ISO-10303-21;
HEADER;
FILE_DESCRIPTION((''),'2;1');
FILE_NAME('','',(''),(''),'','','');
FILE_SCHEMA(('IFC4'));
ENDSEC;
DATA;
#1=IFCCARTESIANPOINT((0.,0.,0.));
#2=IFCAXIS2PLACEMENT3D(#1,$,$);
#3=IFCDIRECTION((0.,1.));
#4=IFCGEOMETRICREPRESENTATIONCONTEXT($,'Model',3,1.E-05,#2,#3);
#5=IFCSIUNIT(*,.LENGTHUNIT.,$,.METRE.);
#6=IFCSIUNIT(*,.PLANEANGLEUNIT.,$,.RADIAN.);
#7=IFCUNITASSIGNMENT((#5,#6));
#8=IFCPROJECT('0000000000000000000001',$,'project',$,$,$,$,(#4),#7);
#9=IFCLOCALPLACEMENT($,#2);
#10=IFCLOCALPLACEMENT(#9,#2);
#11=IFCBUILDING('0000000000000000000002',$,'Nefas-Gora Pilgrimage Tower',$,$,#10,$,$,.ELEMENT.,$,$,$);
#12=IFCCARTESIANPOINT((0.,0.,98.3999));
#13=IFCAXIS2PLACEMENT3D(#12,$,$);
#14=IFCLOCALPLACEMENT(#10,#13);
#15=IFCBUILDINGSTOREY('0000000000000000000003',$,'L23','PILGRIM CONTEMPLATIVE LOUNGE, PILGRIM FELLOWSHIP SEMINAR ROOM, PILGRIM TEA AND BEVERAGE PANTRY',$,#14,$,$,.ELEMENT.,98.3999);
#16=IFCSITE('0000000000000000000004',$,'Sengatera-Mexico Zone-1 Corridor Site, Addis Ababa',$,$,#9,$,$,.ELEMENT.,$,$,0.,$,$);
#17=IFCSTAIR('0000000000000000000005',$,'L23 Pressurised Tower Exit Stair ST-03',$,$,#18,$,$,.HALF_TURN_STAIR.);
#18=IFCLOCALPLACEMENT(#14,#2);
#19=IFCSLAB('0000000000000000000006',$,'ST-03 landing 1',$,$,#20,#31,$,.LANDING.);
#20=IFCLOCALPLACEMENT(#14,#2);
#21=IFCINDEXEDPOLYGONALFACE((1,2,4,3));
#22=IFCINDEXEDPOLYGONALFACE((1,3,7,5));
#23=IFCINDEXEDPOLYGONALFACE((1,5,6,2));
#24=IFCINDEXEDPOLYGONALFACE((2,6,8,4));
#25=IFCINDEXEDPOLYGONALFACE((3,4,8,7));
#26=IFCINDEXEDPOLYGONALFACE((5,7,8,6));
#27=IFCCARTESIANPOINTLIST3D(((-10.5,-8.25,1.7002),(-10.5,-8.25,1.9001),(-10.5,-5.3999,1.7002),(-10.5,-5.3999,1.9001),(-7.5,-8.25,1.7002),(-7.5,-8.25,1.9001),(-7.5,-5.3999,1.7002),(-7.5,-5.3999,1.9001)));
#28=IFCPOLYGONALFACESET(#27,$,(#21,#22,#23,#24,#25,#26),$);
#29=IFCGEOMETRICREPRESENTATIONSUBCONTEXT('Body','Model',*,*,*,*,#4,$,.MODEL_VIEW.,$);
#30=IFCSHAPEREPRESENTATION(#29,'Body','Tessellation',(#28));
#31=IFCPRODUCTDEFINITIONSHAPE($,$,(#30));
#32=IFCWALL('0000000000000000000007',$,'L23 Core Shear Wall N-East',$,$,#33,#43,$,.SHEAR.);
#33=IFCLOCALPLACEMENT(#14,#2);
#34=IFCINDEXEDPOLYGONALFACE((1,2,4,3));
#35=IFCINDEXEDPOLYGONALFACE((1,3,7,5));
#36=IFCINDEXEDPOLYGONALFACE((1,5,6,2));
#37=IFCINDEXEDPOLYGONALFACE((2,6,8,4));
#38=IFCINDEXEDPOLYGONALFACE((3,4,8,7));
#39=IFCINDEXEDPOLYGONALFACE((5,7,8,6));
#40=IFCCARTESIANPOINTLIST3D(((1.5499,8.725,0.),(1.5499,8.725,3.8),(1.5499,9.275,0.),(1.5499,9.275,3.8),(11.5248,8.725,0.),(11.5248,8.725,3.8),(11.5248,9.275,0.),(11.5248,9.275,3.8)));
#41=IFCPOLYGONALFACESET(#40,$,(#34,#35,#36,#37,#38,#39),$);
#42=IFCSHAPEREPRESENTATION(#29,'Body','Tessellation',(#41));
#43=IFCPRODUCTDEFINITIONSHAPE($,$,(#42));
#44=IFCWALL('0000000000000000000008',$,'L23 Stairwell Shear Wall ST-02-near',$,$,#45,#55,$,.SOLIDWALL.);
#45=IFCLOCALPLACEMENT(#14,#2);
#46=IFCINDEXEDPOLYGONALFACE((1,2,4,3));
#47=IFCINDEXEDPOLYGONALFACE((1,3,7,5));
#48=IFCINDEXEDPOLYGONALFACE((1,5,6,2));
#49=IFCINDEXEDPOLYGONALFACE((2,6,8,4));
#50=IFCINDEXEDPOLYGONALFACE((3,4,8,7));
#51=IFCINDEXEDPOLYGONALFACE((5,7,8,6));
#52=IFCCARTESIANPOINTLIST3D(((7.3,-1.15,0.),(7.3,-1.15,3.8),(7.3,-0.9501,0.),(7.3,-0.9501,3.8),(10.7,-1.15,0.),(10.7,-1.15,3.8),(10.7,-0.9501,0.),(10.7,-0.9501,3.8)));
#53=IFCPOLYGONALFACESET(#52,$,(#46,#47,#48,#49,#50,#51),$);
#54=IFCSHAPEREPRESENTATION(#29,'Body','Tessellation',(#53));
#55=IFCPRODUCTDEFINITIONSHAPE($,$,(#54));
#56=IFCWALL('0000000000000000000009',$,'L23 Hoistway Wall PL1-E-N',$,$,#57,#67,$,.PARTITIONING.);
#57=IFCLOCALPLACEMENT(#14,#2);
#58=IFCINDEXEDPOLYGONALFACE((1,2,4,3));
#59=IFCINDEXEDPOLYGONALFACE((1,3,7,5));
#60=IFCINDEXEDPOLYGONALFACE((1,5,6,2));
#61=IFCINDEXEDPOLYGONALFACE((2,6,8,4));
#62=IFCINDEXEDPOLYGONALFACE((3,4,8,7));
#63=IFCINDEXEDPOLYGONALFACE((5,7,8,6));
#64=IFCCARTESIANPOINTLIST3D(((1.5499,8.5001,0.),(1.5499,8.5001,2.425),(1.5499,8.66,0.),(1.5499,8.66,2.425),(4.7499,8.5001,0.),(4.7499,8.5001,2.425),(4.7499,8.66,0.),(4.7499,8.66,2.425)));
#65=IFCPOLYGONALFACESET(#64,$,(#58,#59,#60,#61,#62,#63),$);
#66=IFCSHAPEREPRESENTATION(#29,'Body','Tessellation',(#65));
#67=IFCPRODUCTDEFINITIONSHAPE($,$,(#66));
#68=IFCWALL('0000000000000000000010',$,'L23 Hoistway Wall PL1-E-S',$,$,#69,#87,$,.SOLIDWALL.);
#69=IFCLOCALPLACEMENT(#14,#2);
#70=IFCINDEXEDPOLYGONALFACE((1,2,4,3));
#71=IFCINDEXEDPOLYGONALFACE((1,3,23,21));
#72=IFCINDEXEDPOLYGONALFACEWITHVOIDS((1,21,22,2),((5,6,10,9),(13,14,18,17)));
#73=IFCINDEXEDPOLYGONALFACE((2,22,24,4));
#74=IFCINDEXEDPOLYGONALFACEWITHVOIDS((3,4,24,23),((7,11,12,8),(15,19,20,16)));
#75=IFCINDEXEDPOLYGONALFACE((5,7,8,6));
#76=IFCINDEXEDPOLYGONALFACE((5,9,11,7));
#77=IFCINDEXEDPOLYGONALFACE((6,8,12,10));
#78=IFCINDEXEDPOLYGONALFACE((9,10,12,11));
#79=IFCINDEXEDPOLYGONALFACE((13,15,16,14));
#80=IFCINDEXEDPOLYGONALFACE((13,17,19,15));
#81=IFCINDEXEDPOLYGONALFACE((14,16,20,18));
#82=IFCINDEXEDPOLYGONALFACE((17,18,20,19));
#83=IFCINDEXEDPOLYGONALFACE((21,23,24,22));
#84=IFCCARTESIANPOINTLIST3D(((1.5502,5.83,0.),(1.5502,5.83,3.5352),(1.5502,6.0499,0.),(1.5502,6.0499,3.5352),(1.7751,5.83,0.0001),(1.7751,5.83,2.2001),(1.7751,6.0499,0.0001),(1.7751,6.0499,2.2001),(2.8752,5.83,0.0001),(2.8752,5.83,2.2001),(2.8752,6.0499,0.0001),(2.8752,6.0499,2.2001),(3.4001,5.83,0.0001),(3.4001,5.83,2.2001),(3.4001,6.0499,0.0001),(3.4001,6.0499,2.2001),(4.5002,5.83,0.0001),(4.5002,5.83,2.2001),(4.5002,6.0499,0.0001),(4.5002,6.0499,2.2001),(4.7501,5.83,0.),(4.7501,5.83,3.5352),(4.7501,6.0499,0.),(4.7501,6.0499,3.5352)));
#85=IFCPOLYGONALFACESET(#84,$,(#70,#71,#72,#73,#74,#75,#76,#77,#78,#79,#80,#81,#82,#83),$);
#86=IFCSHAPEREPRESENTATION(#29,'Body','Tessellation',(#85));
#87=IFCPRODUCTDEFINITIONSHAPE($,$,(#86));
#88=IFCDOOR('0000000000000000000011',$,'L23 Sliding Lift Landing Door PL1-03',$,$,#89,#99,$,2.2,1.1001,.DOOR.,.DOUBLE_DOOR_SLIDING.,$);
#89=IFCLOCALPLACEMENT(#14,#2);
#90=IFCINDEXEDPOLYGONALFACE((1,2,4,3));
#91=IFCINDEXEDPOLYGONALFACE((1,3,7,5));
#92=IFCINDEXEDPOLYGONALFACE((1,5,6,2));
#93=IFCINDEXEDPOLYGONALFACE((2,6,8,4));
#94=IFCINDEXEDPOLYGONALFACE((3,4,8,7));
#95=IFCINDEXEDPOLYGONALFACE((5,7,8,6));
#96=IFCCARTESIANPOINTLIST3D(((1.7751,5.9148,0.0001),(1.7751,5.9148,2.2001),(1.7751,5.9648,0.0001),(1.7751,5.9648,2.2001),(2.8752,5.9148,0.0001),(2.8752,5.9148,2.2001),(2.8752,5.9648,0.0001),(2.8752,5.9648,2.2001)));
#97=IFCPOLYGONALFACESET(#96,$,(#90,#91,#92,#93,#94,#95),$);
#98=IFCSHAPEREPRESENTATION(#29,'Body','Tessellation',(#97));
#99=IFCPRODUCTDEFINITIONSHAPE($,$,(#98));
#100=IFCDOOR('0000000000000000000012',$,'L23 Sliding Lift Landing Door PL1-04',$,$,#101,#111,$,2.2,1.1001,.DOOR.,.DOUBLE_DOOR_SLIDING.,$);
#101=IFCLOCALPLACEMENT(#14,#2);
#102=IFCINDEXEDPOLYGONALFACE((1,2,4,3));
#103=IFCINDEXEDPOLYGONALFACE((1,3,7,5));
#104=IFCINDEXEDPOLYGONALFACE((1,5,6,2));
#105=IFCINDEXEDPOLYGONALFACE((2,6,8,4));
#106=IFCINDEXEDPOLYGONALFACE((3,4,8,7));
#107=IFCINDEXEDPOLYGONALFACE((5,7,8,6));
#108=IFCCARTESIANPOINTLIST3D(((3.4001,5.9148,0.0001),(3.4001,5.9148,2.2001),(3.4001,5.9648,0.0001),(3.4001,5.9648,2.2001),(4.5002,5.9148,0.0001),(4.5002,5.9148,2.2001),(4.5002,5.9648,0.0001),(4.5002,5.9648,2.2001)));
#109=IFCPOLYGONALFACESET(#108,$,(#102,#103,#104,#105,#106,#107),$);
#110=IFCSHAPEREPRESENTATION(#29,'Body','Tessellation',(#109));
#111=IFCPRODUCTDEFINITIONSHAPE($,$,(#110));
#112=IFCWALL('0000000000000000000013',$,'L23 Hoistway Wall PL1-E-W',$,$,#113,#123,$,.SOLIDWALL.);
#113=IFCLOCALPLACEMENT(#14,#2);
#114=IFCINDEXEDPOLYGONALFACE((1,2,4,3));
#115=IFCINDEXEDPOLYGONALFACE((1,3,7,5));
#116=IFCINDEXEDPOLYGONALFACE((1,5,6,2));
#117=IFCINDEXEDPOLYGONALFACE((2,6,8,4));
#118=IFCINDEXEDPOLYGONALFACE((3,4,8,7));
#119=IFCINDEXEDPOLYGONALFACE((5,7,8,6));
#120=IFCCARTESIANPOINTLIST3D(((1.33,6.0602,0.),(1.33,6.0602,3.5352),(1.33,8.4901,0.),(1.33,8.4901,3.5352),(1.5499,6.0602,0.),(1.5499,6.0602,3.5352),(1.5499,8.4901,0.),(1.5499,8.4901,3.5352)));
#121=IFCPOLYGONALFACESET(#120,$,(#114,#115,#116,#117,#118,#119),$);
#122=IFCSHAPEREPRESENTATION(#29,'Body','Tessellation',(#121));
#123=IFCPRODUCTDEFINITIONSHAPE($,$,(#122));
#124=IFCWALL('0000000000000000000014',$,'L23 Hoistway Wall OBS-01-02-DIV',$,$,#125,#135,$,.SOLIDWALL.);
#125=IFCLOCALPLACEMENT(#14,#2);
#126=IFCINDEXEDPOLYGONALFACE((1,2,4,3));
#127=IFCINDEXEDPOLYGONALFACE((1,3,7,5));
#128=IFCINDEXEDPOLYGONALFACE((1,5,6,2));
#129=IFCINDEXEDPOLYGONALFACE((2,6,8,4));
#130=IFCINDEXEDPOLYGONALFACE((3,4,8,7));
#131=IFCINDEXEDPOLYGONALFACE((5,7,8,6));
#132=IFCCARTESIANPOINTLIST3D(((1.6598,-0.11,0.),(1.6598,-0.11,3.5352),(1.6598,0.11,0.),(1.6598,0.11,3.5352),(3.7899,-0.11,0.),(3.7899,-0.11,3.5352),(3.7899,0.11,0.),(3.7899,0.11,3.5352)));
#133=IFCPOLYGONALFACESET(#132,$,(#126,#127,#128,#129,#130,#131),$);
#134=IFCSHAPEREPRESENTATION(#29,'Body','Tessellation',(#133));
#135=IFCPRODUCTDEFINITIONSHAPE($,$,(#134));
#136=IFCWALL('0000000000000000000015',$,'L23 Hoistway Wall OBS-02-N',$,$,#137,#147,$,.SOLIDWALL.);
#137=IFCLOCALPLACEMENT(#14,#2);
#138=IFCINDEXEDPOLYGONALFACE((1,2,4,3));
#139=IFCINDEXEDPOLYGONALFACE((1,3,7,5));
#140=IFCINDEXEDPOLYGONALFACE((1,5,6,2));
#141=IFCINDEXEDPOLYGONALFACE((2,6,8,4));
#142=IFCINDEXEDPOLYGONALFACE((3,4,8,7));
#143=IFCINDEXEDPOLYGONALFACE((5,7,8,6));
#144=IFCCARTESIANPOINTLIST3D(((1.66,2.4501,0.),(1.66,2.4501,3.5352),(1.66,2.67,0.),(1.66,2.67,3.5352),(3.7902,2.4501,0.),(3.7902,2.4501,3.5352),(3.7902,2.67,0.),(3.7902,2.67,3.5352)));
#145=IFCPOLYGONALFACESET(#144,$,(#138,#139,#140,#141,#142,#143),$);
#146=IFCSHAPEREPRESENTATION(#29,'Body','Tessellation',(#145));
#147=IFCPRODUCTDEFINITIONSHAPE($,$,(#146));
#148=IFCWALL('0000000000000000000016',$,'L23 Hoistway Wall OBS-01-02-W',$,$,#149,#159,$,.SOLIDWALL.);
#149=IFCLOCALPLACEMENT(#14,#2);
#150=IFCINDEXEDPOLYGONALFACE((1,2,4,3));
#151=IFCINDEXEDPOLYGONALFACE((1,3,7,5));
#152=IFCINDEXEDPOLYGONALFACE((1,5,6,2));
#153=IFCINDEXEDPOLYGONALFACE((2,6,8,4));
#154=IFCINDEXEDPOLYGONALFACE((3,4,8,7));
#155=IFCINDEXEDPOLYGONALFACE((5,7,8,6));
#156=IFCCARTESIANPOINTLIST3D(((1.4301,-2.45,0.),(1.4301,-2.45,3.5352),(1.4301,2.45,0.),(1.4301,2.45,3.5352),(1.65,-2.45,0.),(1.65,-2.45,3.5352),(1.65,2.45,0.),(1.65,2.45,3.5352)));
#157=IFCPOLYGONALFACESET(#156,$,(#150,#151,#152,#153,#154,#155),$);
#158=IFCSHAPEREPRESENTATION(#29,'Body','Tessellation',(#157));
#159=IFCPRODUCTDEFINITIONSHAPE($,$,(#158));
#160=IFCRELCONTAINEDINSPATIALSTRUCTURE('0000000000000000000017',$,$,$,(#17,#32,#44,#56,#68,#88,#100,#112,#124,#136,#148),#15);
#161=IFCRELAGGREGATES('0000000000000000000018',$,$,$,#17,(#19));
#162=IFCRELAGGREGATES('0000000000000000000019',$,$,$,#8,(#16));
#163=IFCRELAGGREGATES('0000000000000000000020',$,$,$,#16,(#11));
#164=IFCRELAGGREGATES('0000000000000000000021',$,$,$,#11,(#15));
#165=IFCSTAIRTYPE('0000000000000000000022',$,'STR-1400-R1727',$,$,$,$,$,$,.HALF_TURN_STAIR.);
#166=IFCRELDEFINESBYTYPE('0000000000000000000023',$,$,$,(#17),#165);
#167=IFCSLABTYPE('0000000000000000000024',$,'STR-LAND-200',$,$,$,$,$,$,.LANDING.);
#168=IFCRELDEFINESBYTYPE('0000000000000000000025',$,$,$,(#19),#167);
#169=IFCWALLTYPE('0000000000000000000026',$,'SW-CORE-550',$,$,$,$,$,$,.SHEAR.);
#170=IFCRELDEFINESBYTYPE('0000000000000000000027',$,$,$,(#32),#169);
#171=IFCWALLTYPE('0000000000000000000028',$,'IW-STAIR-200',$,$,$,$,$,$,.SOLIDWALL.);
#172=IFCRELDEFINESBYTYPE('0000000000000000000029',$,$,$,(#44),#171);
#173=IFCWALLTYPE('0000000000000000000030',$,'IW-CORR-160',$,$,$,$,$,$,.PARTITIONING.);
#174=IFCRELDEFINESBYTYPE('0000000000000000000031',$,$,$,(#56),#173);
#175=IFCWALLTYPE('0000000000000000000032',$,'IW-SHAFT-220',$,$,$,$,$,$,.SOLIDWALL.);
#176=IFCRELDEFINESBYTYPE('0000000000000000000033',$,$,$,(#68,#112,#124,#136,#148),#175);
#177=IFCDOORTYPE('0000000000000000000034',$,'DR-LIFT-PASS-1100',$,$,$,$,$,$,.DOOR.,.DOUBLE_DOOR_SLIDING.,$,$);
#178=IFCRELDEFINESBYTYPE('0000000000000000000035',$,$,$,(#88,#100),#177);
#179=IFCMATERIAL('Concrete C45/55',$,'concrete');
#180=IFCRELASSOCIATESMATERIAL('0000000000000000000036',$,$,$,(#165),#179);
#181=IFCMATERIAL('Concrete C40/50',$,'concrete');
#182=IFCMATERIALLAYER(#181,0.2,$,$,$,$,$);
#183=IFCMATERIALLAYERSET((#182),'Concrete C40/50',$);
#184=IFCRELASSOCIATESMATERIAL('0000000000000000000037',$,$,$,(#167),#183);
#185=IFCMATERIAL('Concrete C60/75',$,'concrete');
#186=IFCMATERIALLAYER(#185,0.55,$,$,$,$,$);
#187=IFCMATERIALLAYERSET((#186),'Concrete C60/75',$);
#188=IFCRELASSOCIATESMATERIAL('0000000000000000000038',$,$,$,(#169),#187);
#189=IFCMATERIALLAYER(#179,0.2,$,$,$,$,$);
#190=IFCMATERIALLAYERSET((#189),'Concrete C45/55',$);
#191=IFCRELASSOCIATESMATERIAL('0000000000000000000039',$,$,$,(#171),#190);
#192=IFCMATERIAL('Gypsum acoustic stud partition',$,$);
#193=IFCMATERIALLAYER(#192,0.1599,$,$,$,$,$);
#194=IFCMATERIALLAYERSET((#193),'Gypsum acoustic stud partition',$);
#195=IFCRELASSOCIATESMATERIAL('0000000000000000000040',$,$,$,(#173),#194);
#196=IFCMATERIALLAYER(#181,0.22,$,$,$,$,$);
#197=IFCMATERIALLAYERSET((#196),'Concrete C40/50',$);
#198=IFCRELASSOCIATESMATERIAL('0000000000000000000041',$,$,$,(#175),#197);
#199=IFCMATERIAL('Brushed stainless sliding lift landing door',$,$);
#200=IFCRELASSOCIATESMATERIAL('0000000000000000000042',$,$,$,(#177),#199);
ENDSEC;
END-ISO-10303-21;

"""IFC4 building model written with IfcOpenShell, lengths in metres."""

from ifc_helpers import new_model, si_unit, direction, frame, frame_2d, origin, place, context, subcontext, project, spatial, polyline, rectangle, outline, extrude, source, transform, mapped, material, layer, layer_set, type_object, element, fill, aggregate, save


model = new_model("IFC4")

# Units and contexts
model_context = context("Model", 3, precision=1e-05, world=origin(), true_north=direction((0.0, 1.0)))
body_context = subcontext(model_context, "Body", "Model", "MODEL_VIEW")
ifc_project = project(units=[si_unit("LENGTHUNIT", "METRE"), si_unit("PLANEANGLEUNIT", "RADIAN")], contexts=[model_context])

# Site, building, storey
site_placement = place(None, origin())
site = spatial("IfcSite", under=ifc_project, at=site_placement, Name="Sengatera-Mexico Zone-1 Corridor Site, Addis Ababa", CompositionType="ELEMENT", RefElevation=0.0)
building_placement = place(site_placement, origin())
building = spatial("IfcBuilding", under=site, at=building_placement, Name="Nefas-Gora Pilgrimage Tower", CompositionType="ELEMENT")
storey_placement = place(building_placement, frame((0.0, 0.0, 98.3999)))
storey = spatial("IfcBuildingStorey", under=building, at=storey_placement, Name="L23", Description="PILGRIM CONTEMPLATIVE LOUNGE, PILGRIM FELLOWSHIP SEMINAR ROOM, PILGRIM TEA AND BEVERAGE PANTRY", CompositionType="ELEMENT", Elevation=98.3999)

# Stair, slab
ifc_material_1 = material(Name="Concrete C45/55", Category="concrete")
stair_type = type_object("IfcStairType", Name="STR-1400-R1727", PredefinedType="HALF_TURN_STAIR", material=ifc_material_1)
stair_placement = place(storey_placement, origin())
stair = element("IfcStair", 1, at=stair_placement, inside=storey, type_object=stair_type, Name="L23 Pressurised Tower Exit Stair ST-03", PredefinedType="HALF_TURN_STAIR")
ifc_material_2 = material(Name="Concrete C40/50", Category="concrete")
ifc_layer_1 = layer(ifc_material_2, 0.2)
ifc_layer_set_1 = layer_set([ifc_layer_1], Name="Concrete C40/50")
slab_type = type_object("IfcSlabType", Name="STR-LAND-200", PredefinedType="LANDING", material=ifc_layer_set_1)
slab_placement = place(storey_placement, frame((0.0, 0.0, 1.7002)))
slab = element("IfcSlab", 2, at=slab_placement, type_object=slab_type, Name="ST-03 landing 1", PredefinedType="LANDING", context=body_context, shape_type="SweptSolid", body=[
    extrude(outline(polyline([(-10.5, -5.3999), (-10.5, -8.25), (-7.5, -8.25), (-7.5, -5.3999), (-10.5, -5.3999)])), origin(), (0.0, 0.0, 1.0), 0.2),
])
aggregate(stair, [slab])

# Walls
ifc_material_3 = material(Name="Concrete C60/75", Category="concrete")
ifc_layer_2 = layer(ifc_material_3, 0.55)
ifc_layer_set_2 = layer_set([ifc_layer_2], Name="Concrete C60/75")
wall_type_1 = type_object("IfcWallType", Name="SW-CORE-550", PredefinedType="SHEAR", material=ifc_layer_set_2)
shared_shape_1 = source(origin(), body_context, "Body", "SweptSolid", [
    extrude(rectangle(XDim=9.9749, YDim=0.55, at=frame_2d((4.9873, 0.0))), origin(), (0.0, 0.0, 1.0), 3.8),
])
wall_1_placement = place(storey_placement, frame((1.55, 9.0, 0.0), z_axis=(0.0, 0.0, 1.0), x_axis=(1.0, 0.0, 0.0)))
element("IfcWall", 3, at=wall_1_placement, inside=storey, type_object=wall_type_1, Name="L23 Core Shear Wall N-East", PredefinedType="SHEAR", context=body_context, shape_type="MappedRepresentation", body=[
    mapped(shared_shape_1, transform((0.0, 0.0, 0.0), x_axis=(1.0, 0.0, 0.0), y_axis=(0.0, 1.0, 0.0), z_axis=(0.0, 0.0, 1.0), scale=1.0)),
])
ifc_layer_3 = layer(ifc_material_1, 0.2)
ifc_layer_set_3 = layer_set([ifc_layer_3], Name="Concrete C45/55")
wall_type_2 = type_object("IfcWallType", Name="IW-STAIR-200", PredefinedType="SOLIDWALL", material=ifc_layer_set_3)
shared_shape_2 = source(origin(), body_context, "Body", "SweptSolid", [
    extrude(rectangle(XDim=3.3999, YDim=0.2, at=frame_2d((1.7, 0.0))), origin(), (0.0, 0.0, 1.0), 3.8),
])
wall_2_placement = place(storey_placement, frame((7.3, -1.05, 0.0), z_axis=(0.0, 0.0, 1.0), x_axis=(1.0, 0.0, 0.0)))
element("IfcWall", 4, at=wall_2_placement, inside=storey, type_object=wall_type_2, Name="L23 Stairwell Shear Wall ST-02-near", PredefinedType="SOLIDWALL", context=body_context, shape_type="MappedRepresentation", body=[
    mapped(shared_shape_2, transform((0.0, 0.0, 0.0), x_axis=(1.0, 0.0, 0.0), y_axis=(0.0, 1.0, 0.0), z_axis=(0.0, 0.0, 1.0), scale=1.0)),
])
ifc_material_4 = material(Name="Gypsum acoustic stud partition")
ifc_layer_4 = layer(ifc_material_4, 0.1599)
ifc_layer_set_4 = layer_set([ifc_layer_4], Name="Gypsum acoustic stud partition")
wall_type_3 = type_object("IfcWallType", Name="IW-CORR-160", PredefinedType="PARTITIONING", material=ifc_layer_set_4)
shared_shape_3 = source(origin(), body_context, "Body", "SweptSolid", [
    extrude(rectangle(XDim=3.2, YDim=0.1599, at=frame_2d((1.6001, 0.0))), origin(), (0.0, 0.0, 1.0), 2.425),
])
wall_3_placement = place(storey_placement, frame((4.75, 8.5801, 0.0), z_axis=(0.0, 0.0, 1.0), x_axis=(-1.0, 0.0, 0.0)))
element("IfcWall", 5, at=wall_3_placement, inside=storey, type_object=wall_type_3, Name="L23 Hoistway Wall PL1-E-N", PredefinedType="PARTITIONING", context=body_context, shape_type="MappedRepresentation", body=[
    mapped(shared_shape_3, transform((0.0, 0.0, 0.0), x_axis=(1.0, 0.0, 0.0), y_axis=(0.0, 1.0, 0.0), z_axis=(0.0, 0.0, 1.0), scale=1.0)),
])

# Wall, openings, doors
ifc_layer_5 = layer(ifc_material_2, 0.22)
ifc_layer_set_5 = layer_set([ifc_layer_5], Name="Concrete C40/50")
wall_type_4 = type_object("IfcWallType", Name="IW-SHAFT-220", PredefinedType="SOLIDWALL", material=ifc_layer_set_5)
shared_shape_4 = source(origin(), body_context, "Body", "SweptSolid", [
    extrude(rectangle(XDim=3.2, YDim=0.22, at=frame_2d((1.6001, 0.0))), origin(), (0.0, 0.0, 1.0), 3.5352),
])
wall_4_placement = place(storey_placement, frame((1.55, 5.9399, 0.0), z_axis=(0.0, 0.0, 1.0), x_axis=(1.0, 0.0, 0.0)))
wall_4 = element("IfcWall", 6, at=wall_4_placement, inside=storey, type_object=wall_type_4, Name="L23 Hoistway Wall PL1-E-S", PredefinedType="SOLIDWALL", context=body_context, shape_type="MappedRepresentation", body=[
    mapped(shared_shape_4, transform((0.0, 0.0, 0.0), x_axis=(1.0, 0.0, 0.0), y_axis=(0.0, 1.0, 0.0), z_axis=(0.0, 0.0, 1.0), scale=1.0)),
])
opening_1_placement = place(wall_4_placement, frame((0.2251, 0.0, 0.0)))
opening_1 = element("IfcOpeningElement", 7, at=opening_1_placement, cuts=wall_4, PredefinedType="OPENING", context=body_context, shape_type="SweptSolid", body=[
    extrude(rectangle(XDim=1.1001, YDim=2.2, at=frame_2d((0.55, 1.1001))), frame((0.0, 0.1199, 0.0), z_axis=(0.0, -1.0, 0.0), x_axis=(1.0, 0.0, 0.0)), (0.0, 0.0, 1.0), 0.24),
])
opening_2_placement = place(wall_4_placement, frame((1.8501, 0.0, 0.0)))
opening_2 = element("IfcOpeningElement", 8, at=opening_2_placement, cuts=wall_4, PredefinedType="OPENING", context=body_context, shape_type="SweptSolid", body=[
    extrude(rectangle(XDim=1.1001, YDim=2.2, at=frame_2d((0.55, 1.1001))), frame((0.0, 0.1199, 0.0), z_axis=(0.0, -1.0, 0.0), x_axis=(1.0, 0.0, 0.0)), (0.0, 0.0, 1.0), 0.24),
])
ifc_material_5 = material(Name="Brushed stainless sliding lift landing door")
door_type_1 = type_object("IfcDoorType", Name="DR-LIFT-PASS-1100", OperationType="DOUBLE_DOOR_SLIDING", PredefinedType="DOOR", material=ifc_material_5)
shared_shape_5 = source(origin(), body_context, "Body", "SweptSolid", [
    extrude(rectangle(XDim=1.1001, YDim=2.2, at=frame_2d((0.55, 1.1001))), frame((0.0, 0.0249, 0.0), z_axis=(0.0, -1.0, 0.0), x_axis=(1.0, 0.0, 0.0)), (0.0, 0.0, 1.0), 0.05),
])
door_1_placement = place(opening_1_placement, origin())
door_1 = element("IfcDoor", 9, at=door_1_placement, inside=storey, type_object=door_type_1, Name="L23 Sliding Lift Landing Door PL1-03", OperationType="DOUBLE_DOOR_SLIDING", OverallHeight=2.2, OverallWidth=1.1001, PredefinedType="DOOR", context=body_context, shape_type="MappedRepresentation", body=[
    mapped(shared_shape_5, transform((0.0, 0.0, 0.0), x_axis=(1.0, 0.0, 0.0), y_axis=(0.0, 1.0, 0.0), z_axis=(0.0, 0.0, 1.0), scale=1.0)),
])
fill(opening_1, door_1)
door_2_placement = place(opening_2_placement, origin())
door_2 = element("IfcDoor", 10, at=door_2_placement, inside=storey, type_object=door_type_1, Name="L23 Sliding Lift Landing Door PL1-04", OperationType="DOUBLE_DOOR_SLIDING", OverallHeight=2.2, OverallWidth=1.1001, PredefinedType="DOOR", context=body_context, shape_type="MappedRepresentation", body=[
    mapped(shared_shape_5, transform((0.0, 0.0, 0.0), x_axis=(1.0, 0.0, 0.0), y_axis=(0.0, 1.0, 0.0), z_axis=(0.0, 0.0, 1.0), scale=1.0)),
])
fill(opening_2, door_2)

# Walls
shared_shape_6 = source(origin(), body_context, "Body", "SweptSolid", [
    extrude(rectangle(XDim=2.4299, YDim=0.22, at=frame_2d((1.2148, 0.0))), origin(), (0.0, 0.0, 1.0), 3.5352),
])
for number, where, z_axis, x_axis, name in (
    (11, (1.4399, 8.49, 0.0), (0.0, 0.0, 1.0), (0.0, -1.0, 0.0), "L23 Hoistway Wall PL1-E-W"),
):
    element("IfcWall", number, at=place(storey_placement, frame(where, z_axis=z_axis, x_axis=x_axis)), inside=storey, type_object=wall_type_4, Name=name, PredefinedType="SOLIDWALL", context=body_context, shape_type="MappedRepresentation", body=[
        mapped(shared_shape_6, transform((0.0, 0.0, 0.0), x_axis=(1.0, 0.0, 0.0), y_axis=(0.0, 1.0, 0.0), z_axis=(0.0, 0.0, 1.0), scale=1.0)),
    ])
shared_shape_7 = source(origin(), body_context, "Body", "SweptSolid", [
    extrude(rectangle(XDim=2.1301, YDim=0.22, at=frame_2d((1.0649, 0.0))), origin(), (0.0, 0.0, 1.0), 3.5352),
])
for number, where, z_axis, x_axis, name in (
    (12, (1.6599, 0.0, 0.0), (0.0, 0.0, 1.0), (1.0, 0.0, 0.0), "L23 Hoistway Wall OBS-01-02-DIV"),
    (13, (3.79, 2.5601, 0.0), (0.0, 0.0, 1.0), (-1.0, 0.0, 0.0), "L23 Hoistway Wall OBS-02-N"),
):
    element("IfcWall", number, at=place(storey_placement, frame(where, z_axis=z_axis, x_axis=x_axis)), inside=storey, type_object=wall_type_4, Name=name, PredefinedType="SOLIDWALL", context=body_context, shape_type="MappedRepresentation", body=[
        mapped(shared_shape_7, transform((0.0, 0.0, 0.0), x_axis=(1.0, 0.0, 0.0), y_axis=(0.0, 1.0, 0.0), z_axis=(0.0, 0.0, 1.0), scale=1.0)),
    ])
shared_shape_8 = source(origin(), body_context, "Body", "SweptSolid", [
    extrude(rectangle(XDim=4.8999, YDim=0.22, at=frame_2d((2.45, 0.0))), origin(), (0.0, 0.0, 1.0), 3.5352),
])
wall_5_placement = place(storey_placement, frame((1.54, 2.45, 0.0), z_axis=(0.0, 0.0, 1.0), x_axis=(0.0, -1.0, 0.0)))
element("IfcWall", 14, at=wall_5_placement, inside=storey, type_object=wall_type_4, Name="L23 Hoistway Wall OBS-01-02-W", PredefinedType="SOLIDWALL", context=body_context, shape_type="MappedRepresentation", body=[
    mapped(shared_shape_8, transform((0.0, 0.0, 0.0), x_axis=(1.0, 0.0, 0.0), y_axis=(0.0, 1.0, 0.0), z_axis=(0.0, 0.0, 1.0), scale=1.0)),
])

save(model, "model.ifc")
